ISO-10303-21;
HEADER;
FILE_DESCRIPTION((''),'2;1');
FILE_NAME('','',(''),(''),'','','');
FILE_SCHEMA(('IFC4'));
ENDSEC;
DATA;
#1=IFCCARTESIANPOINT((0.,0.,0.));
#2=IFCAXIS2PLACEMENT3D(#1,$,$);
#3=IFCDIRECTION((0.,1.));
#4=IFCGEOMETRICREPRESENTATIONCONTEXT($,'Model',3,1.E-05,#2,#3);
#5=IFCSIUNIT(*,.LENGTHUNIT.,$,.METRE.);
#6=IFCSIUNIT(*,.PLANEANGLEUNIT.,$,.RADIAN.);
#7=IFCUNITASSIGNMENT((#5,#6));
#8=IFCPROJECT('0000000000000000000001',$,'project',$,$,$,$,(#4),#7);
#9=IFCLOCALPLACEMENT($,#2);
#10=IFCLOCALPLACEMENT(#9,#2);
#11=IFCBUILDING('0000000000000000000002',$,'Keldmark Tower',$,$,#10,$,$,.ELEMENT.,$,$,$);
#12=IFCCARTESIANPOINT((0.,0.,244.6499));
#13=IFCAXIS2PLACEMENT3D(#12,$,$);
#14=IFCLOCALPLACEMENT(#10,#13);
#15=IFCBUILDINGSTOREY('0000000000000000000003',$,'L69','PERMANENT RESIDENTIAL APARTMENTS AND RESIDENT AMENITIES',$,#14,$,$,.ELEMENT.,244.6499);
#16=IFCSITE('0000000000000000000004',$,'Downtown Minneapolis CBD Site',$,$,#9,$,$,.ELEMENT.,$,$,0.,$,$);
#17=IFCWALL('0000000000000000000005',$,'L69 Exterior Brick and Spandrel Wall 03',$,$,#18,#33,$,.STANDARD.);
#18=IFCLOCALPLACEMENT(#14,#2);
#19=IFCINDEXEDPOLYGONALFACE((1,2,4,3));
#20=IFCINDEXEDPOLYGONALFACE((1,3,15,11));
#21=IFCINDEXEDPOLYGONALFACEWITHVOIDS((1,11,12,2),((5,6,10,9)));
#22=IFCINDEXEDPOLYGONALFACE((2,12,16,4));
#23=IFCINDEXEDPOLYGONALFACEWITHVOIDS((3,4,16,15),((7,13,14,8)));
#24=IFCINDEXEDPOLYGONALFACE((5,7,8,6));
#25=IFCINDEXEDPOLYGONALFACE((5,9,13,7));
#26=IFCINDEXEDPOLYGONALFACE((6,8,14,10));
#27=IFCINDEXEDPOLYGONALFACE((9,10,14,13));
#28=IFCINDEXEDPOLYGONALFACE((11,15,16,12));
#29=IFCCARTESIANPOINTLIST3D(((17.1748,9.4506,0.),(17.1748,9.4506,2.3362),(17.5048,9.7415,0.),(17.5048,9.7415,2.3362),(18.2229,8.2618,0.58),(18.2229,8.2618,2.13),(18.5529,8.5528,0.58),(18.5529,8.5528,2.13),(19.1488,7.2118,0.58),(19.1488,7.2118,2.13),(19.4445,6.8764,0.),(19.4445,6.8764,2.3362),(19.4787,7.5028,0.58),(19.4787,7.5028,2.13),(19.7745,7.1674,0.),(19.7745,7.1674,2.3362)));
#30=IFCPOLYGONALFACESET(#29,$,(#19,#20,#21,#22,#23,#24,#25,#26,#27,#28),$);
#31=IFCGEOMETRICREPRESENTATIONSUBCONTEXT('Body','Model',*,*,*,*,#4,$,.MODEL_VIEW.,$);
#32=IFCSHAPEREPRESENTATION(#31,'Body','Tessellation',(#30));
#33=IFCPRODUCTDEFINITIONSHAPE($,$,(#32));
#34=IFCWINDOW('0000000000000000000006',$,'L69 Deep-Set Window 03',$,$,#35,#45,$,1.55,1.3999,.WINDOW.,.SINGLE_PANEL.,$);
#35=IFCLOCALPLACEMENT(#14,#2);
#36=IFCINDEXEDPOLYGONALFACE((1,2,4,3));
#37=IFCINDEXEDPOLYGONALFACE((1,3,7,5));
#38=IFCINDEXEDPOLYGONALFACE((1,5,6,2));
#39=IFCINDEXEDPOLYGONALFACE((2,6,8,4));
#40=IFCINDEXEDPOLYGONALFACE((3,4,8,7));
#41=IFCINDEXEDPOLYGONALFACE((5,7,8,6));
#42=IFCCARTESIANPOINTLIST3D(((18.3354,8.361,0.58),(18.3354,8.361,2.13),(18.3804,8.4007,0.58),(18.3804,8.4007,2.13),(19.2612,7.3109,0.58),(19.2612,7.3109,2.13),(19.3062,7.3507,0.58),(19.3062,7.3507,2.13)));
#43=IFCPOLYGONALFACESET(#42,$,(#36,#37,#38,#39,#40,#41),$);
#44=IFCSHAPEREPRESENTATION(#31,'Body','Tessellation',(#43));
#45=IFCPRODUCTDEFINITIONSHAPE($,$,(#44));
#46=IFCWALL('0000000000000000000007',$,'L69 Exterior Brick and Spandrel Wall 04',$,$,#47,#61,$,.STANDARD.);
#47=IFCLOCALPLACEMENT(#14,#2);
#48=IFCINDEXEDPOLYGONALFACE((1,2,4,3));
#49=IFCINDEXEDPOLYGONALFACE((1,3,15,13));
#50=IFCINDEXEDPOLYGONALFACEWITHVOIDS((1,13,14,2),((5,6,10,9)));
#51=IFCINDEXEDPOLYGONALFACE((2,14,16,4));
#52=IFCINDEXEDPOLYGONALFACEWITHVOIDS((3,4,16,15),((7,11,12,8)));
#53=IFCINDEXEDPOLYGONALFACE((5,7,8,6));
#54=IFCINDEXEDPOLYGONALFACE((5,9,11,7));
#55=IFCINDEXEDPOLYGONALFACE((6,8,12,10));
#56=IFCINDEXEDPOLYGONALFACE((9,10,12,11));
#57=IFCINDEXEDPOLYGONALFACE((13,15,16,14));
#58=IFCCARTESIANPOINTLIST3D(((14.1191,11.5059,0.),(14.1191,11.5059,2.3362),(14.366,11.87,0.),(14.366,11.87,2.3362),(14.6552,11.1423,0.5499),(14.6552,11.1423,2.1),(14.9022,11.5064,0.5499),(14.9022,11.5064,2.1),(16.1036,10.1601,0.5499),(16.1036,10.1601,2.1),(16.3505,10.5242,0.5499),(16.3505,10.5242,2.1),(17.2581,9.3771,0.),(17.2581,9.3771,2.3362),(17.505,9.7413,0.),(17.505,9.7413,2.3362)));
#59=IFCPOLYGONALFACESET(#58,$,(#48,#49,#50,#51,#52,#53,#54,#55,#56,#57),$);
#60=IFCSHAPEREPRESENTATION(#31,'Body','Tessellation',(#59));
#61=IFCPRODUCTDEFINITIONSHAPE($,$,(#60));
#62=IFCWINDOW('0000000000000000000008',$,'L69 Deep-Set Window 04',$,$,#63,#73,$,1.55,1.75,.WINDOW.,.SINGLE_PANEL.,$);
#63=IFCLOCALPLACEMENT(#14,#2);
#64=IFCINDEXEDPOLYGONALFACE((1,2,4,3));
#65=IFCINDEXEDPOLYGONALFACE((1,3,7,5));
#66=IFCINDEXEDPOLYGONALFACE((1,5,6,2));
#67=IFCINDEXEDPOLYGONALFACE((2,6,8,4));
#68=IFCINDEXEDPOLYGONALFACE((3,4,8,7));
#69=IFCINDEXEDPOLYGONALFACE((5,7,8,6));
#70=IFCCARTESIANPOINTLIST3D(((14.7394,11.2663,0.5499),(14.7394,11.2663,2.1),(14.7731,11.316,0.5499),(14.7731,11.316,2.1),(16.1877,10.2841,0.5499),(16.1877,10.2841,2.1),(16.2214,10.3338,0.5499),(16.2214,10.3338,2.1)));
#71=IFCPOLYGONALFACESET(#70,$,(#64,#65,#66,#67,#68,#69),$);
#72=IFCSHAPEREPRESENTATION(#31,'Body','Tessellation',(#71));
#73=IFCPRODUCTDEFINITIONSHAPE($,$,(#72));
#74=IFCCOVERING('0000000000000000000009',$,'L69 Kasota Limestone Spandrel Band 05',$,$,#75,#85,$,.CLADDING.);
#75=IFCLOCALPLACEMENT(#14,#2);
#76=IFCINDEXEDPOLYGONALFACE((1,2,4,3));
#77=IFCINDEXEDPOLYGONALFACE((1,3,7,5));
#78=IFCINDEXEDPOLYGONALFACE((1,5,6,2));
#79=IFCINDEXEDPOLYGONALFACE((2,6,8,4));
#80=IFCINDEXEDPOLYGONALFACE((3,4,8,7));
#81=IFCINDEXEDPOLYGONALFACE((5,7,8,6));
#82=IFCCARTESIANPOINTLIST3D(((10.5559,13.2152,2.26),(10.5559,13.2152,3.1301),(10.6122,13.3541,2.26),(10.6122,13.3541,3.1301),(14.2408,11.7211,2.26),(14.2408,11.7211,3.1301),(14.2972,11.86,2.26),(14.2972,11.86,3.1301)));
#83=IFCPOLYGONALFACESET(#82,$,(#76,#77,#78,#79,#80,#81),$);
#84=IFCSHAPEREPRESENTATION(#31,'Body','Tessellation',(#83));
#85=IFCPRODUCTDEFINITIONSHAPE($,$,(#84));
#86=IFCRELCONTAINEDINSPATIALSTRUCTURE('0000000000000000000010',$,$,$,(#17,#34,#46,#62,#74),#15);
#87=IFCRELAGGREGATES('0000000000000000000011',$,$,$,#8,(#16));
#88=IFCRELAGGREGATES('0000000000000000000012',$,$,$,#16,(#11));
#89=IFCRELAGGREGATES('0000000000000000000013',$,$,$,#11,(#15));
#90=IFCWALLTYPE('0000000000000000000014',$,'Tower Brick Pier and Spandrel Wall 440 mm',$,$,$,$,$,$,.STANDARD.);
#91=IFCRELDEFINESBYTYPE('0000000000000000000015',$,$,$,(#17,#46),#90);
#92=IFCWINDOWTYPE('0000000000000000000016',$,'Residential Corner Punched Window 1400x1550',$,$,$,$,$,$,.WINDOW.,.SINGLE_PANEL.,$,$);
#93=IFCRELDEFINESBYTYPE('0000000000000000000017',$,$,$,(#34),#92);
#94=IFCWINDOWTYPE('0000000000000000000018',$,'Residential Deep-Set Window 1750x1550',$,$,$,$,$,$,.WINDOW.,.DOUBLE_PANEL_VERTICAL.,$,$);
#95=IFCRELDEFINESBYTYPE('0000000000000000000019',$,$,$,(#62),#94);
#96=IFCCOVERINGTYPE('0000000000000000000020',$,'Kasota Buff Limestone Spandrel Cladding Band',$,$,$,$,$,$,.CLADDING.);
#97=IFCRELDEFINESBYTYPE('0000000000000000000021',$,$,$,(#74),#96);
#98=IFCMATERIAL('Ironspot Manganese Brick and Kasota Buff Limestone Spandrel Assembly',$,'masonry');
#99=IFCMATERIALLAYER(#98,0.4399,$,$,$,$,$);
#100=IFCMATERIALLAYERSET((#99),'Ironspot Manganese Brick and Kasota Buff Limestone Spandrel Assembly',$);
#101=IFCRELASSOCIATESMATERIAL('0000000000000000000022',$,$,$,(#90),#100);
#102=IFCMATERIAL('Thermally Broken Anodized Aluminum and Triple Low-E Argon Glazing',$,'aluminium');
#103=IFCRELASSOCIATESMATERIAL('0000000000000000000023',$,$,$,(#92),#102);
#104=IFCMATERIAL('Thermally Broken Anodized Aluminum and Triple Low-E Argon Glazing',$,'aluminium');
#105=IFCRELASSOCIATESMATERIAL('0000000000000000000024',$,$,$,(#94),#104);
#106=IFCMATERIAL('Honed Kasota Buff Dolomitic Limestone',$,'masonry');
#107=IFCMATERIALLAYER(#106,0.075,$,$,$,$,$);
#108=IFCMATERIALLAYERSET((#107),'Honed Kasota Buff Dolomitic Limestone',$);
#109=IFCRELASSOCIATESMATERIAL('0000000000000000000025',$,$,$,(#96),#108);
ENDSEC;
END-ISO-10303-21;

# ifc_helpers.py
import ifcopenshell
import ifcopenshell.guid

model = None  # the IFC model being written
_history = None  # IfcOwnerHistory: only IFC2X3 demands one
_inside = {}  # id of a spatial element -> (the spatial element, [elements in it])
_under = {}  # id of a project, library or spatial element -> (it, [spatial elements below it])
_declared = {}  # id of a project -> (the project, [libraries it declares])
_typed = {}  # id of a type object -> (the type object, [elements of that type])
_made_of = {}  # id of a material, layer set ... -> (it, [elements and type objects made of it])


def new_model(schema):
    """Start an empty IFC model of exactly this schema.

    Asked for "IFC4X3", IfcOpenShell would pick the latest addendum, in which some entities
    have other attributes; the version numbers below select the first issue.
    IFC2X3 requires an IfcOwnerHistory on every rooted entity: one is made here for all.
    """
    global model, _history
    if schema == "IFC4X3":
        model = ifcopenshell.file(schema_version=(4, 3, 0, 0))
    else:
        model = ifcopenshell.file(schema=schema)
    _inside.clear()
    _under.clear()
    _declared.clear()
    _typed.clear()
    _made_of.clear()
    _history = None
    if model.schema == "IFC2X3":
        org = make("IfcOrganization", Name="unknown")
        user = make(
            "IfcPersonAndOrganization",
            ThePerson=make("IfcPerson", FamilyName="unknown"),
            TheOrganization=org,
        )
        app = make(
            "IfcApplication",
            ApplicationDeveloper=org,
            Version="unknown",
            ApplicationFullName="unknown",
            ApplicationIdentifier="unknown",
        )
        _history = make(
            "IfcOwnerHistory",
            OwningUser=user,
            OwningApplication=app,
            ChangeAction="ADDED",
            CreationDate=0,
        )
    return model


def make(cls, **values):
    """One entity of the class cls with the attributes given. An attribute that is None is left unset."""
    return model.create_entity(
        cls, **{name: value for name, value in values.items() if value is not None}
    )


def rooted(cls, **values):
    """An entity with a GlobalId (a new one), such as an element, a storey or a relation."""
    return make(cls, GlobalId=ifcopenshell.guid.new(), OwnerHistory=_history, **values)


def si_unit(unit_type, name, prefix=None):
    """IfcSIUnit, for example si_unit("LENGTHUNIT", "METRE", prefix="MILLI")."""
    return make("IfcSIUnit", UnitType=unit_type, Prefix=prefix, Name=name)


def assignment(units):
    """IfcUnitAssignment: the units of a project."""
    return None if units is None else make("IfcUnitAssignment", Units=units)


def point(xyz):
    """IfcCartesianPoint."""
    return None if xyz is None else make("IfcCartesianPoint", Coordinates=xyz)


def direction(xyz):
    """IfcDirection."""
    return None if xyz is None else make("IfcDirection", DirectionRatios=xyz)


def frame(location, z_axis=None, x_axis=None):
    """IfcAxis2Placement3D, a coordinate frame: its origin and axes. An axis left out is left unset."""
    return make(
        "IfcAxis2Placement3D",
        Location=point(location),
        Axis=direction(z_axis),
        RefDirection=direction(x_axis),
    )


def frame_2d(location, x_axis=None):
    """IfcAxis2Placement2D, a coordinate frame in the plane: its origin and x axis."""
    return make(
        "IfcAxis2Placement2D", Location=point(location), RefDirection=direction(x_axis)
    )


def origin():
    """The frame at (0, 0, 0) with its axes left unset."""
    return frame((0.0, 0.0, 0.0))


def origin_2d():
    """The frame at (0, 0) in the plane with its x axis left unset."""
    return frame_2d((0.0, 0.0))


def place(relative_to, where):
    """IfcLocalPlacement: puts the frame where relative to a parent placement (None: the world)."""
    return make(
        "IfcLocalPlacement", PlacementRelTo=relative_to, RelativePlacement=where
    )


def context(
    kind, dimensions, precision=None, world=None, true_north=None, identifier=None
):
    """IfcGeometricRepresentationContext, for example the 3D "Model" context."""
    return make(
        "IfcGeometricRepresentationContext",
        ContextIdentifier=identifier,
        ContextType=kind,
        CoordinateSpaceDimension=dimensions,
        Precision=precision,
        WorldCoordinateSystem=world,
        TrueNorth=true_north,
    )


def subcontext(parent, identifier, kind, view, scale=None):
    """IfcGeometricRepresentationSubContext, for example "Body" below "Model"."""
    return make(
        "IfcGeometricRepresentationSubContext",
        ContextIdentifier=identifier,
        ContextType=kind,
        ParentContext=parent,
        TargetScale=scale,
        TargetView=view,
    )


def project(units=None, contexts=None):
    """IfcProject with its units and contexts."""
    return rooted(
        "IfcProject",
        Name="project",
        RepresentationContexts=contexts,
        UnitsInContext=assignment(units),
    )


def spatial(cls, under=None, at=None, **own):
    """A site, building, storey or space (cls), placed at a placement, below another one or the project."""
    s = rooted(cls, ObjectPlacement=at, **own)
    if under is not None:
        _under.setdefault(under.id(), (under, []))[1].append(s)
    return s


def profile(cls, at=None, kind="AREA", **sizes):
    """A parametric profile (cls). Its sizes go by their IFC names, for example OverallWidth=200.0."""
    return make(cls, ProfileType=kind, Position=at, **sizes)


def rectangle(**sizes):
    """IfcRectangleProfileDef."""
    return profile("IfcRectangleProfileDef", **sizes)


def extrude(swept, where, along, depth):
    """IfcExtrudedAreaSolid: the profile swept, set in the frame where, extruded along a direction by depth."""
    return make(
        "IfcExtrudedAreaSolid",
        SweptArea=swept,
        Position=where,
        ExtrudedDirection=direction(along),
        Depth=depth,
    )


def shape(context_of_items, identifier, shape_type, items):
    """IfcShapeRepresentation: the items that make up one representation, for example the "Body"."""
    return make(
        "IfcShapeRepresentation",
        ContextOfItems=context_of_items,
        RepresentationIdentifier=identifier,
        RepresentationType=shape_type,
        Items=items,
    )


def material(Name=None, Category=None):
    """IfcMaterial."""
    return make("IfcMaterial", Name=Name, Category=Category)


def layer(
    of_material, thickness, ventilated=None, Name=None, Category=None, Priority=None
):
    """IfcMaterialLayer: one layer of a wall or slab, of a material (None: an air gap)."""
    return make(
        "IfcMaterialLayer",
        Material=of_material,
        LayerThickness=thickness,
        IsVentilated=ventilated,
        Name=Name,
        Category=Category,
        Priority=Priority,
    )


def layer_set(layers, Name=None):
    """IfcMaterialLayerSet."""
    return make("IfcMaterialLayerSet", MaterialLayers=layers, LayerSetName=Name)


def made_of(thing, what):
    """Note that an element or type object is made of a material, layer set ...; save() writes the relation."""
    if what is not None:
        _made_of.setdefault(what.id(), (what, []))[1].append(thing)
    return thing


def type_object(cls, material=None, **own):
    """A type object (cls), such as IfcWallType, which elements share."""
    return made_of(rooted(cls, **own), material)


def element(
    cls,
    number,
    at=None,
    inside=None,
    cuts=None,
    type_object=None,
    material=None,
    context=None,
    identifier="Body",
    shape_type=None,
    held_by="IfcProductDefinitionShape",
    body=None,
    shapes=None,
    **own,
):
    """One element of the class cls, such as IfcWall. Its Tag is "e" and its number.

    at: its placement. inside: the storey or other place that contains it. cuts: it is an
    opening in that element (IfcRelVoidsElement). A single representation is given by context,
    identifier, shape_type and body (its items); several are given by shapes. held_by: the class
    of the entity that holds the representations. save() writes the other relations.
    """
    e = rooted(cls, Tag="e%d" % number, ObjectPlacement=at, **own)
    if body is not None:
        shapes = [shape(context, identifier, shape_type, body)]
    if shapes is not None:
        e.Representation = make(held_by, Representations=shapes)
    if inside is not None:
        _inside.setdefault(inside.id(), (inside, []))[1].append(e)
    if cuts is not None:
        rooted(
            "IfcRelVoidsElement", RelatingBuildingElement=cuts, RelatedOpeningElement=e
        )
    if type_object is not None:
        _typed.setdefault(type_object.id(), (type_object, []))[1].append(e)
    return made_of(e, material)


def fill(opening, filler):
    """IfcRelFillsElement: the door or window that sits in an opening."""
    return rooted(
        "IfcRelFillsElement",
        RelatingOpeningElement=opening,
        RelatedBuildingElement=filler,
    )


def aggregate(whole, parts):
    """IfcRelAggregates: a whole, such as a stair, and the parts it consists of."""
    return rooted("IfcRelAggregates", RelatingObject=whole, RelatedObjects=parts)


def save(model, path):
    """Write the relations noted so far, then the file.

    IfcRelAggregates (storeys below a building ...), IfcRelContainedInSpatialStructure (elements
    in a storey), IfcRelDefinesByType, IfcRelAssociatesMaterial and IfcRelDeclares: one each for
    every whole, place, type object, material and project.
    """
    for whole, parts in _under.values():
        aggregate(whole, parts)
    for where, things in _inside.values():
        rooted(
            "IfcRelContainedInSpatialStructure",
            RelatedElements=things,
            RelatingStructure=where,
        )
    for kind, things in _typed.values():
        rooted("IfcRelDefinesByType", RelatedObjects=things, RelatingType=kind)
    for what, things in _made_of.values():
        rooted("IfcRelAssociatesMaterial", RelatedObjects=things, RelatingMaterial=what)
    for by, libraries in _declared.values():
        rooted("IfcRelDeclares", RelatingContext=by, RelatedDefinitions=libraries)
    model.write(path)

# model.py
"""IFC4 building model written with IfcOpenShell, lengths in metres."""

from ifc_helpers import new_model, si_unit, direction, frame, frame_2d, origin, origin_2d, place, context, subcontext, project, spatial, rectangle, extrude, material, layer, layer_set, type_object, element, fill, save


model = new_model("IFC4")

# Units and contexts
model_context = context("Model", 3, precision=1e-05, world=origin(), true_north=direction((0.0, 1.0)))
body_context = subcontext(model_context, "Body", "Model", "MODEL_VIEW")
ifc_project = project(units=[si_unit("LENGTHUNIT", "METRE"), si_unit("PLANEANGLEUNIT", "RADIAN")], contexts=[model_context])

# Site, building, storey
site_placement = place(None, origin())
site = spatial("IfcSite", under=ifc_project, at=site_placement, Name="Downtown Minneapolis CBD Site", CompositionType="ELEMENT", RefElevation=0.0)
building_placement = place(site_placement, origin())
building = spatial("IfcBuilding", under=site, at=building_placement, Name="Keldmark Tower", CompositionType="ELEMENT")
storey_placement = place(building_placement, frame((0.0, 0.0, 244.6499)))
storey = spatial("IfcBuildingStorey", under=building, at=storey_placement, Name="L69", Description="PERMANENT RESIDENTIAL APARTMENTS AND RESIDENT AMENITIES", CompositionType="ELEMENT", Elevation=244.6499)

# Walls, openings, windows
ifc_material_1 = material(Name="Ironspot Manganese Brick and Kasota Buff Limestone Spandrel Assembly", Category="masonry")
ifc_layer_1 = layer(ifc_material_1, 0.4399)
ifc_layer_set_1 = layer_set([ifc_layer_1], Name="Ironspot Manganese Brick and Kasota Buff Limestone Spandrel Assembly")
wall_type_1 = type_object("IfcWallType", Name="Tower Brick Pier and Spandrel Wall 440 mm", PredefinedType="STANDARD", material=ifc_layer_set_1)
wall_1_placement = place(storey_placement, frame((17.3398, 9.5959, 0.0), z_axis=(0.0, 0.0, 1.0), x_axis=(0.66136, -0.750068, 0.0)))
wall_1 = element("IfcWall", 1, at=wall_1_placement, inside=storey, type_object=wall_type_1, Name="L69 Exterior Brick and Spandrel Wall 03", PredefinedType="STANDARD", context=body_context, shape_type="SweptSolid", body=[
    extrude(rectangle(XDim=3.4319, YDim=0.4399, at=frame_2d((1.7158, 0.0))), origin(), (0.0, 0.0, 1.0), 2.3362),
])
opening_1_placement = place(wall_1_placement, frame((1.5847, 0.0, 0.5801)))
opening_1 = element("IfcOpeningElement", 2, at=opening_1_placement, cuts=wall_1, PredefinedType="OPENING", context=body_context, shape_type="SweptSolid", body=[
    extrude(rectangle(XDim=1.3999, YDim=1.55, at=frame_2d((0.7, 0.7749))), frame((0.0, 0.23, 0.0), z_axis=(0.0, -1.0, 0.0), x_axis=(1.0, 0.0, 0.0)), (0.0, 0.0, 1.0), 0.46),
])
ifc_material_2 = material(Name="Thermally Broken Anodized Aluminum and Triple Low-E Argon Glazing", Category="aluminium")
window_type_1 = type_object("IfcWindowType", Name="Residential Corner Punched Window 1400x1550", PartitioningType="SINGLE_PANEL", PredefinedType="WINDOW", material=ifc_material_2)
window_1_placement = place(opening_1_placement, origin())
window_1 = element("IfcWindow", 3, at=window_1_placement, inside=storey, type_object=window_type_1, Name="L69 Deep-Set Window 03", OverallHeight=1.55, OverallWidth=1.3999, PartitioningType="SINGLE_PANEL", PredefinedType="WINDOW", context=body_context, shape_type="SweptSolid", body=[
    extrude(rectangle(XDim=1.3999, YDim=1.55, at=frame_2d((0.7, 0.7749))), frame((0.0, -0.01, 0.0), z_axis=(0.0, -1.0, 0.0), x_axis=(1.0, 0.0, 0.0)), (0.0, 0.0, 1.0), 0.0601),
])
fill(opening_1, window_1)
wall_2_placement = place(storey_placement, frame((14.2424, 11.688, 0.0), z_axis=(0.0, 0.0, 1.0), x_axis=(0.827637, -0.561264, 0.0)))
wall_2 = element("IfcWall", 4, at=wall_2_placement, inside=storey, type_object=wall_type_1, Name="L69 Exterior Brick and Spandrel Wall 04", PredefinedType="STANDARD", context=body_context, shape_type="SweptSolid", body=[
    extrude(rectangle(XDim=3.7927, YDim=0.4399, at=frame_2d((1.8965, 0.0))), origin(), (0.0, 0.0, 1.0), 2.3362),
])
opening_2_placement = place(wall_2_placement, frame((0.6479, 0.0, 0.55)))
opening_2 = element("IfcOpeningElement", 5, at=opening_2_placement, cuts=wall_2, PredefinedType="OPENING", context=body_context, shape_type="SweptSolid", body=[
    extrude(rectangle(XDim=1.75, YDim=1.55, at=frame_2d((0.875, 0.7749))), frame((0.0, 0.23, 0.0), z_axis=(0.0, -1.0, 0.0), x_axis=(1.0, 0.0, 0.0)), (0.0, 0.0, 1.0), 0.46),
])
ifc_material_3 = material(Name="Thermally Broken Anodized Aluminum and Triple Low-E Argon Glazing", Category="aluminium")
window_type_2 = type_object("IfcWindowType", Name="Residential Deep-Set Window 1750x1550", PartitioningType="DOUBLE_PANEL_VERTICAL", PredefinedType="WINDOW", material=ifc_material_3)
window_2_placement = place(opening_2_placement, origin())
window_2 = element("IfcWindow", 6, at=window_2_placement, inside=storey, type_object=window_type_2, Name="L69 Deep-Set Window 04", OverallHeight=1.55, OverallWidth=1.75, PartitioningType="SINGLE_PANEL", PredefinedType="WINDOW", context=body_context, shape_type="SweptSolid", body=[
    extrude(rectangle(XDim=1.75, YDim=1.55, at=frame_2d((0.875, 0.7749))), frame((0.0, -0.01, 0.0), z_axis=(0.0, -1.0, 0.0), x_axis=(1.0, 0.0, 0.0)), (0.0, 0.0, 1.0), 0.0601),
])
fill(opening_2, window_2)

# Covering
ifc_material_4 = material(Name="Honed Kasota Buff Dolomitic Limestone", Category="masonry")
ifc_layer_2 = layer(ifc_material_4, 0.075)
ifc_layer_set_2 = layer_set([ifc_layer_2], Name="Honed Kasota Buff Dolomitic Limestone")
covering_type = type_object("IfcCoveringType", Name="Kasota Buff Limestone Spandrel Cladding Band", PredefinedType="CLADDING", material=ifc_layer_set_2)
covering_placement = place(storey_placement, frame((12.4265, 12.5376, 2.26), z_axis=(0.0, 0.0, 1.0), x_axis=(-0.926725, 0.375739, 0.0)))
element("IfcCovering", 7, at=covering_placement, inside=storey, type_object=covering_type, Name="L69 Kasota Limestone Spandrel Band 05", PredefinedType="CLADDING", context=body_context, shape_type="SweptSolid", body=[
    extrude(rectangle(XDim=3.9763, YDim=0.1499, at=origin_2d()), origin(), (0.0, 0.0, 1.0), 0.8701),
])

save(model, "model.ifc")
